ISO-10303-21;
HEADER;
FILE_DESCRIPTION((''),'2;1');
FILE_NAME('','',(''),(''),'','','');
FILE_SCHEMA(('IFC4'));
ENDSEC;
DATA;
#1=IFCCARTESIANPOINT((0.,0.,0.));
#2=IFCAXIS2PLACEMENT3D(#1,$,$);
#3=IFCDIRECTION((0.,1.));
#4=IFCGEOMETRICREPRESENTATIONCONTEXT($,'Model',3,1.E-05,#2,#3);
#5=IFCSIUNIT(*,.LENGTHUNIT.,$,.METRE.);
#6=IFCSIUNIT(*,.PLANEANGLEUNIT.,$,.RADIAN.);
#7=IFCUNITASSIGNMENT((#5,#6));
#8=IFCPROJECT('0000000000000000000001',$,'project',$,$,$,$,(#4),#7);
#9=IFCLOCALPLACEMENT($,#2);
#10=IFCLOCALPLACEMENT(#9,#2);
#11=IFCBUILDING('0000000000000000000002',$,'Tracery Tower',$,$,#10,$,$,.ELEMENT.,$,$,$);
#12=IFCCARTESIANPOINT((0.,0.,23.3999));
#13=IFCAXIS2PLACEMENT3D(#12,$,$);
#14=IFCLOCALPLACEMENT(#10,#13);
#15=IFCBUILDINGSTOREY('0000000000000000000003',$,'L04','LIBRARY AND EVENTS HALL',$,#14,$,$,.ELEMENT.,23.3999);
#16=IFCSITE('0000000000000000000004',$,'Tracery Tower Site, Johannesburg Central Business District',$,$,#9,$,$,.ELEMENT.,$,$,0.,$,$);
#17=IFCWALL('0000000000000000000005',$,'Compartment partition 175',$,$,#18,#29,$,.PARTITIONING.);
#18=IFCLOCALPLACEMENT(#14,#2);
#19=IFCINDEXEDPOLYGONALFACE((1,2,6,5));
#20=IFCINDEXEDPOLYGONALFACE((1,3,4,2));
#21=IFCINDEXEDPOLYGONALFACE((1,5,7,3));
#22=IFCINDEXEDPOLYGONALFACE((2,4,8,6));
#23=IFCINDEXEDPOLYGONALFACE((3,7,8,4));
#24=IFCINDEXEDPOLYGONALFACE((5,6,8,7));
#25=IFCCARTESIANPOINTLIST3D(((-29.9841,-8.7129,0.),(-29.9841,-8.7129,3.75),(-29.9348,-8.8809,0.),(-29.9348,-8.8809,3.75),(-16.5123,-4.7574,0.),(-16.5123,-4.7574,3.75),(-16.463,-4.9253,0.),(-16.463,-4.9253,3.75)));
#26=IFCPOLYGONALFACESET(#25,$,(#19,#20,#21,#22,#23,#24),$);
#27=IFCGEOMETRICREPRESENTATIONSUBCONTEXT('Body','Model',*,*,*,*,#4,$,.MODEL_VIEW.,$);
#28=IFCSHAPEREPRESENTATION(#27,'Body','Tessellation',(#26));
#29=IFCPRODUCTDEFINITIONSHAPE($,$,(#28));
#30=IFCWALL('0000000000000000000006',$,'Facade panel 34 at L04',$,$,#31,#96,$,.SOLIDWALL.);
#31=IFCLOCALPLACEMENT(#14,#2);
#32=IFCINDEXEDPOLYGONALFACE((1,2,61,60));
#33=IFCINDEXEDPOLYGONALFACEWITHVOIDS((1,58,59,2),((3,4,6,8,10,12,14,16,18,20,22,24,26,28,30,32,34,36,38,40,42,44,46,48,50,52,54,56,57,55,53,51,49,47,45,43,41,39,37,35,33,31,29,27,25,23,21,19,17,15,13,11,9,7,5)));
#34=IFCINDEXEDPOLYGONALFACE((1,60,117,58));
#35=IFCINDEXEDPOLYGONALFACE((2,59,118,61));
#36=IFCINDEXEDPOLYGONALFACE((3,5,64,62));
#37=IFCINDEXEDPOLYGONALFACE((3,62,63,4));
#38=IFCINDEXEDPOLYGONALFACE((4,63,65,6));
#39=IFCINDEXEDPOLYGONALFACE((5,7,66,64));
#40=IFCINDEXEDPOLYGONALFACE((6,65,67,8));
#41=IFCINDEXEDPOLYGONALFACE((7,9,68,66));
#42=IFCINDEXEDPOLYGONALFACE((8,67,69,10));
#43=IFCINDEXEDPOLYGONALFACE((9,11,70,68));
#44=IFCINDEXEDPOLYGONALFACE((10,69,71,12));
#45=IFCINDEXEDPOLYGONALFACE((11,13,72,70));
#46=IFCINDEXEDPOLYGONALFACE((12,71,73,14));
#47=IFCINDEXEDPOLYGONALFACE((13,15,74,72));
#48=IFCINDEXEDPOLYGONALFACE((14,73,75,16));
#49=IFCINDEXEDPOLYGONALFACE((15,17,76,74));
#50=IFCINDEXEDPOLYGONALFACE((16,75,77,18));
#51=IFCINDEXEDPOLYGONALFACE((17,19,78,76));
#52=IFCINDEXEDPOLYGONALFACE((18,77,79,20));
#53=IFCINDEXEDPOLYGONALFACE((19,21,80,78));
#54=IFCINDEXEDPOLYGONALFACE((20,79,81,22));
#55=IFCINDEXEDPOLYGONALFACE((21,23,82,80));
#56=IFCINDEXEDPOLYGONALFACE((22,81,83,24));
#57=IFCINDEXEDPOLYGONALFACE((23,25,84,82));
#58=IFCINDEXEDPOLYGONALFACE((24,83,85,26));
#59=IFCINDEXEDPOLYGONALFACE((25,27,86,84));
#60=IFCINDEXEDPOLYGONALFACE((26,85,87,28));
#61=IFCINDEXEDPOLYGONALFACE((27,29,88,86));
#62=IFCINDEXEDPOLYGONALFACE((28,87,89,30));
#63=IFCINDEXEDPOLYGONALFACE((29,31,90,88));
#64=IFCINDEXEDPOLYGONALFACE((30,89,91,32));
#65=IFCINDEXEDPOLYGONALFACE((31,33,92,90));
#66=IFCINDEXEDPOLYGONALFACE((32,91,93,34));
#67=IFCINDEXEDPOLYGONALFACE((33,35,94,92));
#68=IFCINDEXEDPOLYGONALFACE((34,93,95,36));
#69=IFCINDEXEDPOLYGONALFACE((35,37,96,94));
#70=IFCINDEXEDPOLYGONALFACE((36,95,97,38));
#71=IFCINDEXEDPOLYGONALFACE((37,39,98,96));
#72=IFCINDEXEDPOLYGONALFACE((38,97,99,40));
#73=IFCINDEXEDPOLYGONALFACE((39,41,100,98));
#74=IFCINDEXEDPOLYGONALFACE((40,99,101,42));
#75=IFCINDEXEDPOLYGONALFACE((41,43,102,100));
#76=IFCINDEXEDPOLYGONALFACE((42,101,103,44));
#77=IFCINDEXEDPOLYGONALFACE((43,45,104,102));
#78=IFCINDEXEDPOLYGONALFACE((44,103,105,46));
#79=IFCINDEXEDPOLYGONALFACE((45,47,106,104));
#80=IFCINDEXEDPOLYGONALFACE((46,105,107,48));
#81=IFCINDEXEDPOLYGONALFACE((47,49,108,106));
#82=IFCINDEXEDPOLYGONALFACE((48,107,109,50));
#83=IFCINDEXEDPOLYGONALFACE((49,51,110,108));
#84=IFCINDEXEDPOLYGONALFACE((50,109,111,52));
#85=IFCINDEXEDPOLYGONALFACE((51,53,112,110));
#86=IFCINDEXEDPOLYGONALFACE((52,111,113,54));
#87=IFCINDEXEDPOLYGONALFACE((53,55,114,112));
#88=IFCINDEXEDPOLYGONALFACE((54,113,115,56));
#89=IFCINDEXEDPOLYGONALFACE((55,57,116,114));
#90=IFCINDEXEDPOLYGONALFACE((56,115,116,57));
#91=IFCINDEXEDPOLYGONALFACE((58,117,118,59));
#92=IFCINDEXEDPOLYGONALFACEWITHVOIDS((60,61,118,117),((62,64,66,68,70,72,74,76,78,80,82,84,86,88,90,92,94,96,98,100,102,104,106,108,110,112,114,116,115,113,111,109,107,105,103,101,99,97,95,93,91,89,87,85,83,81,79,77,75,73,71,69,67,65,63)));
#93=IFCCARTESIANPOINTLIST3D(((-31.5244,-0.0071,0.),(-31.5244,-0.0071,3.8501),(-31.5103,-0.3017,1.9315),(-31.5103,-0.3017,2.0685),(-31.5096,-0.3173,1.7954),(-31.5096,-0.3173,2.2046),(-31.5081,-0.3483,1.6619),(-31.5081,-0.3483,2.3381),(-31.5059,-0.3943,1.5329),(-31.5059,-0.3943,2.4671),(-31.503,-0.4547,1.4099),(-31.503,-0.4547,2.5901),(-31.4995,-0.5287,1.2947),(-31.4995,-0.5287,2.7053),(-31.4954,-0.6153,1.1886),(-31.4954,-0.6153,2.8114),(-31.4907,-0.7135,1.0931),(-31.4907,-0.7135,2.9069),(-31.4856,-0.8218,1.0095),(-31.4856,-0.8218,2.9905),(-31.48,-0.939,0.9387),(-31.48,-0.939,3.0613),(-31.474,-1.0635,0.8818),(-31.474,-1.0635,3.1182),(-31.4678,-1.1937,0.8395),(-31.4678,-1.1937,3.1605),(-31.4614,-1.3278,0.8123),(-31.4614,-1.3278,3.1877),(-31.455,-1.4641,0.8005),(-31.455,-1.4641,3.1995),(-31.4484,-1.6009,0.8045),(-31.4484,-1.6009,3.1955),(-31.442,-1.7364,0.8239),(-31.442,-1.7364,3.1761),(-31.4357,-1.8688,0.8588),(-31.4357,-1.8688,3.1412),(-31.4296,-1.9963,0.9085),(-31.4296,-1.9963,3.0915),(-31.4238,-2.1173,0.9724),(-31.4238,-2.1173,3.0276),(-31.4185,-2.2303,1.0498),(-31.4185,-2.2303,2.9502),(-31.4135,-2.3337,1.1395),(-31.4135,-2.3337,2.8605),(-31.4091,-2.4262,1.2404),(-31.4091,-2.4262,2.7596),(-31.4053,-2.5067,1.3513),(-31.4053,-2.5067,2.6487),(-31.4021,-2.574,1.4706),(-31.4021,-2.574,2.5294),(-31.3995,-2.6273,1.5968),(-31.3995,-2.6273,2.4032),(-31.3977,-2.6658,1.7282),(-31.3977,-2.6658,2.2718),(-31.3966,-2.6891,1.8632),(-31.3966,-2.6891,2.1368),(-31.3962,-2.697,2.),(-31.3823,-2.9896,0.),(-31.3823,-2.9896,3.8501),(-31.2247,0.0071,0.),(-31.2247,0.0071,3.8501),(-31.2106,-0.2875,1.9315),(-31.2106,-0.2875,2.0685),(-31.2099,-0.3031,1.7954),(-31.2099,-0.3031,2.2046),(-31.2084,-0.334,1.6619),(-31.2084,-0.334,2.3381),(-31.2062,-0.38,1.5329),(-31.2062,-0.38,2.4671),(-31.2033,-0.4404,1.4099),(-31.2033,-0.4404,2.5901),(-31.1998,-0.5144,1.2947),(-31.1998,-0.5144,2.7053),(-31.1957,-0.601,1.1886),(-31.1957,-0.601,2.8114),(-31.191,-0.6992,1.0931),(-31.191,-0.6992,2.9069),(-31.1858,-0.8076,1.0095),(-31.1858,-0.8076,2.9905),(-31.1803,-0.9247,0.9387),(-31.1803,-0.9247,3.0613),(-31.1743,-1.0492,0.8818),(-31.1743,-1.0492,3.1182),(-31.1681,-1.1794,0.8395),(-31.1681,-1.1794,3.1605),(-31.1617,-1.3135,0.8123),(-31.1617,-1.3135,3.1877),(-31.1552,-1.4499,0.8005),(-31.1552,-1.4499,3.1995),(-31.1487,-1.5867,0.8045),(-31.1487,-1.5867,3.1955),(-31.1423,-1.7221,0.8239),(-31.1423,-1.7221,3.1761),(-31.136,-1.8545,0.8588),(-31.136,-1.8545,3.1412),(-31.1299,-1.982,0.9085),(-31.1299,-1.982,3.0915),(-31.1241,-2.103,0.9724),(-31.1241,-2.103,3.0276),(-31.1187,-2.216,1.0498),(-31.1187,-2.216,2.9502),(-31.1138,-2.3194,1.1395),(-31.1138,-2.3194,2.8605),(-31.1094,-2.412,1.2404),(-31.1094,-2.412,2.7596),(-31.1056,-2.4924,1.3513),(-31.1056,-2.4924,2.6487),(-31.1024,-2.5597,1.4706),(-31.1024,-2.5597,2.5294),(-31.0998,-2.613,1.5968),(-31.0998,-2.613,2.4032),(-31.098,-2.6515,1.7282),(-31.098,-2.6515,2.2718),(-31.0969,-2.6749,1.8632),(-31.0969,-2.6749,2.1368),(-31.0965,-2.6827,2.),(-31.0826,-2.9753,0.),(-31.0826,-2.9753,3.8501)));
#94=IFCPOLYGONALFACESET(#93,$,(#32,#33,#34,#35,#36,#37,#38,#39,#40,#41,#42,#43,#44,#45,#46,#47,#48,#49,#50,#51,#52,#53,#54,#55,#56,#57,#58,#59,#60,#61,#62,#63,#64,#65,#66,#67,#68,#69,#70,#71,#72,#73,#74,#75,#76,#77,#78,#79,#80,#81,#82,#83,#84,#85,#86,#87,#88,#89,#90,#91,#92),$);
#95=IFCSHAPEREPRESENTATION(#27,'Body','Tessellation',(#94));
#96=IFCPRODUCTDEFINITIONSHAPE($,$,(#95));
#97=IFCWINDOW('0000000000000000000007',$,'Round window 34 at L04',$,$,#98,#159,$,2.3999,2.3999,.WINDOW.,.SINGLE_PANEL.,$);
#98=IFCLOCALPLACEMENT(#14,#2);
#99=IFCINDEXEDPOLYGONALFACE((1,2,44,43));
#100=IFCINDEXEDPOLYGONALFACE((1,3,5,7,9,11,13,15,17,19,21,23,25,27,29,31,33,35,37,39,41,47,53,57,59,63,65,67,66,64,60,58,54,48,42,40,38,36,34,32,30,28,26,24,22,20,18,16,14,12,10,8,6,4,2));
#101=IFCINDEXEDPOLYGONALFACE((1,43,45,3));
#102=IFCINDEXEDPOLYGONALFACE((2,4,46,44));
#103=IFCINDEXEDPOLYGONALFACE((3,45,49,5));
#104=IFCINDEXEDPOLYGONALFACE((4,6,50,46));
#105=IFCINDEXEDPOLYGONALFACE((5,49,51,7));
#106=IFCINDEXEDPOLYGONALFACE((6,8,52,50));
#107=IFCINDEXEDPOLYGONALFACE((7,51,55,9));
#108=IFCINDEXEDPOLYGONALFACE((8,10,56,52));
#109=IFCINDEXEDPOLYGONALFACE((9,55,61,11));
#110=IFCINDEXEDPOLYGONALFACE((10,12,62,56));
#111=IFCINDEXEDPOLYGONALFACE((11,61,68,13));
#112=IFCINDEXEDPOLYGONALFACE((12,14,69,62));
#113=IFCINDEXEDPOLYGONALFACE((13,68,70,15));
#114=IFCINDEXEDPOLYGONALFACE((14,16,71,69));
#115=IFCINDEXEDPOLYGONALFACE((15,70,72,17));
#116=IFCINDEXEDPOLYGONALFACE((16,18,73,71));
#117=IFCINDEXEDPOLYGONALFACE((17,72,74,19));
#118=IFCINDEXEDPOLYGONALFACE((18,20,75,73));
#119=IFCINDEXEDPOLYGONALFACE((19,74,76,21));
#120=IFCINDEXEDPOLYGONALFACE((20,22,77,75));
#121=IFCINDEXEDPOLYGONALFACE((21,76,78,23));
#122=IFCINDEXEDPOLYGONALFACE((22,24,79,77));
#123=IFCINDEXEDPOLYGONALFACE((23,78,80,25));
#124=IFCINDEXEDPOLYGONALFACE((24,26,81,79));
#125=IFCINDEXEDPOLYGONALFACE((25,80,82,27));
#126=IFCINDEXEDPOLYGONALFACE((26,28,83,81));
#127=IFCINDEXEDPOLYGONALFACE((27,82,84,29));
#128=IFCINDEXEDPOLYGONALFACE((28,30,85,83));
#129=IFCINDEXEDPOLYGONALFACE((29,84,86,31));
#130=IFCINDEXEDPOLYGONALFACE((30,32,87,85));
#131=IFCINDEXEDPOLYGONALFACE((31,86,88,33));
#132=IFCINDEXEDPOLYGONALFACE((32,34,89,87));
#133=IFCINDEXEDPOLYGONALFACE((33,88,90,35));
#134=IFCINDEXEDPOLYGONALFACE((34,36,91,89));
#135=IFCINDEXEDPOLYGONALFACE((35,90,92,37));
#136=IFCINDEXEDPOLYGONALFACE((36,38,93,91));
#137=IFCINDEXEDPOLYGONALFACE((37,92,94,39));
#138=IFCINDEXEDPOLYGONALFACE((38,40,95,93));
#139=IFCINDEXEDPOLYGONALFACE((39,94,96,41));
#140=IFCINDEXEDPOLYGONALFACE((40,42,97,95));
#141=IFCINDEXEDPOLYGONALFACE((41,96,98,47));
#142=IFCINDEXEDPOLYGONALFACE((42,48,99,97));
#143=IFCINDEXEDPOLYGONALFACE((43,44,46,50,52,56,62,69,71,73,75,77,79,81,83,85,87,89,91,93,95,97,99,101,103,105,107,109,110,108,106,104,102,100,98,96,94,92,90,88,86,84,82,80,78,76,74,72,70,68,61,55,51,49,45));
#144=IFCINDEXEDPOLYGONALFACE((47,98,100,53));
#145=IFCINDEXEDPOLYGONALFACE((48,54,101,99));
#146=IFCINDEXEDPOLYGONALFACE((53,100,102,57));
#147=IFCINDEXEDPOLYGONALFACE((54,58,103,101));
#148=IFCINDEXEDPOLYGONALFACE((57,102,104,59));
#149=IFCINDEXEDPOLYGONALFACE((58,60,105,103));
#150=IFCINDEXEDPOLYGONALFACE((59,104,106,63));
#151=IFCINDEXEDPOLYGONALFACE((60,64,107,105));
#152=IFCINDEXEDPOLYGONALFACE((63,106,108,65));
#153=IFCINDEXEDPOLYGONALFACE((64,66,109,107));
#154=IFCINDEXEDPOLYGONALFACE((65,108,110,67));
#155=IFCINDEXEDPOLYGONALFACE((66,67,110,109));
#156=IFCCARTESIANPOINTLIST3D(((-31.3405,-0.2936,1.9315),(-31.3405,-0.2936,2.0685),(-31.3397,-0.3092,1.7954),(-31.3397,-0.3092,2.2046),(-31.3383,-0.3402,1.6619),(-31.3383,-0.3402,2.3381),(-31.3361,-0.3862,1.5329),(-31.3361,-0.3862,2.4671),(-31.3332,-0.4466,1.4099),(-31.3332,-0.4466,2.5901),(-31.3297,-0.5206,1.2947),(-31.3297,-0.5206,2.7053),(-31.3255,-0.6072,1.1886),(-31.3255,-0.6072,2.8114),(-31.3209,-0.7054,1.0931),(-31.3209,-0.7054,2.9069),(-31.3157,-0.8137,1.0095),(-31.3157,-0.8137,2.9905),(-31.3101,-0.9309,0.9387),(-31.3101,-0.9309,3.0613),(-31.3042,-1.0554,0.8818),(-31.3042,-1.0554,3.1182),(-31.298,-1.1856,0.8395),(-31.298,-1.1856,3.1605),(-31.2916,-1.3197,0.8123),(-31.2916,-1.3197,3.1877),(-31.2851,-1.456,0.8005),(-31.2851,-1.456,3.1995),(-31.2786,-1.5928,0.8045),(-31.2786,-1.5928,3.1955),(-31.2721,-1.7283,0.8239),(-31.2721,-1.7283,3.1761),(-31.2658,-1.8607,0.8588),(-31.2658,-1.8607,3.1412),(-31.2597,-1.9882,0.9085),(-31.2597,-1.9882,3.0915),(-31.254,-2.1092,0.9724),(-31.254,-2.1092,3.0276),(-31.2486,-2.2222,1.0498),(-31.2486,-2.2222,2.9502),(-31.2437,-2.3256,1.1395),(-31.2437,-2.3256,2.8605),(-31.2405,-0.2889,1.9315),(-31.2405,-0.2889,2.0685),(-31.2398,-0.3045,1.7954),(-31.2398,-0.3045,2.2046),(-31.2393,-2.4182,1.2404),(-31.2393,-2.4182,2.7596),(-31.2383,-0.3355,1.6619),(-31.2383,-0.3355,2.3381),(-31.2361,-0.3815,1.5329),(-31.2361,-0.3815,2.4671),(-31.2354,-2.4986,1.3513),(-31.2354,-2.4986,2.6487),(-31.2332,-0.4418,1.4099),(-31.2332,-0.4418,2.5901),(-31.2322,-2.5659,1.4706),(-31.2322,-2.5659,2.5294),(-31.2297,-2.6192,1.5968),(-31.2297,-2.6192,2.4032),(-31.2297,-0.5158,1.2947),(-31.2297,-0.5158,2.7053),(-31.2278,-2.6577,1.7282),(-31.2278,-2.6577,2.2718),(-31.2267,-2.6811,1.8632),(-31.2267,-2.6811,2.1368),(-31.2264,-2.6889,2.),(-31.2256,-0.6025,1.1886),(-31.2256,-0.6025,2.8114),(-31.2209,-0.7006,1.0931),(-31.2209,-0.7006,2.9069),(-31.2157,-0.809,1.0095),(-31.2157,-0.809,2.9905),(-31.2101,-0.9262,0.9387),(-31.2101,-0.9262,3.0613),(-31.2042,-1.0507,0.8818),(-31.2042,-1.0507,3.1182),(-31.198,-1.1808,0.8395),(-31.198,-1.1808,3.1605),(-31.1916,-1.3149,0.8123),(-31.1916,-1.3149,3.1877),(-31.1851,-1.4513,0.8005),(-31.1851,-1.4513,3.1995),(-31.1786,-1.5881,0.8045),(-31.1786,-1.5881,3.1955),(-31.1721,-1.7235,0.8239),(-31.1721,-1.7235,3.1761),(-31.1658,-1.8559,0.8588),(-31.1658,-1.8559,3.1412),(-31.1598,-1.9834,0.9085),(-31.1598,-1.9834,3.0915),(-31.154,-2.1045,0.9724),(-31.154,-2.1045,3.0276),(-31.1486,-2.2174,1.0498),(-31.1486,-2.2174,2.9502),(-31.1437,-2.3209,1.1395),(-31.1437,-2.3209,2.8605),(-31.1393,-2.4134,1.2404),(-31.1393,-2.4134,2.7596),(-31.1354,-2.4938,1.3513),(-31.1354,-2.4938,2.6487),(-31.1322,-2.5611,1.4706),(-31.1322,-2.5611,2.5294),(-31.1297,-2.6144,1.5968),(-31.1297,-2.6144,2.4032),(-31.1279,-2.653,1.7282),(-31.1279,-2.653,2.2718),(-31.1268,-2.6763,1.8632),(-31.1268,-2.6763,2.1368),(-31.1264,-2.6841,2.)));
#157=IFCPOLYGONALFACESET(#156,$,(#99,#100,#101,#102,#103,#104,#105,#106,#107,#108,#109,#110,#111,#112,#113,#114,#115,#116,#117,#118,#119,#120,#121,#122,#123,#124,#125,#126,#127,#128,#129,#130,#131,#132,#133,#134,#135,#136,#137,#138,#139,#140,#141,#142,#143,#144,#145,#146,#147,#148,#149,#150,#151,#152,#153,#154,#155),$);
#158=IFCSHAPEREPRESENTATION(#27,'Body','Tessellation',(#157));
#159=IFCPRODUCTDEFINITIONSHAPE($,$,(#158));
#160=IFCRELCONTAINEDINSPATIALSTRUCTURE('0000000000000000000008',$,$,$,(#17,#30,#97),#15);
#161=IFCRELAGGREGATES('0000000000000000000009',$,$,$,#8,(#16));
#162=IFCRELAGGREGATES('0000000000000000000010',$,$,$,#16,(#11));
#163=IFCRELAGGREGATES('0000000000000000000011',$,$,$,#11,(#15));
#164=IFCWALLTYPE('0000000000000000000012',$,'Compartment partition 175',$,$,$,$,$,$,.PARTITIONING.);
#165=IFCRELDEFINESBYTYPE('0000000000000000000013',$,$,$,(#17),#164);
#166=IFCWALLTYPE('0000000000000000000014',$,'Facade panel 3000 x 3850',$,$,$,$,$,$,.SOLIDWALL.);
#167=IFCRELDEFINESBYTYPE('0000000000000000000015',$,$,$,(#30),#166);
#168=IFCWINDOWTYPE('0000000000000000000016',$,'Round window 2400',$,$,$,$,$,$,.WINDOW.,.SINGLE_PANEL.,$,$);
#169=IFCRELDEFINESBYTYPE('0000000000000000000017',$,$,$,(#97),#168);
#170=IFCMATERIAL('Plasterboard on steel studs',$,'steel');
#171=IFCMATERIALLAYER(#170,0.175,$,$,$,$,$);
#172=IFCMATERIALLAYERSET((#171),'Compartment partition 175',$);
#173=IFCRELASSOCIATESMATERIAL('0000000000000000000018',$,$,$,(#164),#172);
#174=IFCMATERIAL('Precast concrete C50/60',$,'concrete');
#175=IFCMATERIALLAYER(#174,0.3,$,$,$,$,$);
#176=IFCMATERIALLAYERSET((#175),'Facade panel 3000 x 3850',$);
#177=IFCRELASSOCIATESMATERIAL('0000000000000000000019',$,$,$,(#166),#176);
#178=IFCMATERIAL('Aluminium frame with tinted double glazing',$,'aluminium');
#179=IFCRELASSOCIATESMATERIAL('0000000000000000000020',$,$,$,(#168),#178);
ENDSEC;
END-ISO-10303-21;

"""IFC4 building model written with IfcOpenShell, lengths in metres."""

from ifc_helpers import new_model, si_unit, direction, frame, frame_2d, origin, origin_2d, place, context, subcontext, project, spatial, rectangle, circle, extrude, material, layer, layer_set, type_object, element, fill, save


model = new_model("IFC4")

# Units and contexts
model_context = context("Model", 3, precision=1e-05, world=origin(), true_north=direction((0.0, 1.0)))
body_context = subcontext(model_context, "Body", "Model", "MODEL_VIEW")
ifc_project = project(units=[si_unit("LENGTHUNIT", "METRE"), si_unit("PLANEANGLEUNIT", "RADIAN")], contexts=[model_context])

# Site, building, storey
site_placement = place(None, origin())
site = spatial("IfcSite", under=ifc_project, at=site_placement, Name="Tracery Tower Site, Johannesburg Central Business District", CompositionType="ELEMENT", RefElevation=0.0)
building_placement = place(site_placement, origin())
building = spatial("IfcBuilding", under=site, at=building_placement, Name="Tracery Tower", CompositionType="ELEMENT")
storey_placement = place(building_placement, frame((0.0, 0.0, 23.3999)))
storey = spatial("IfcBuildingStorey", under=building, at=storey_placement, Name="L04", Description="LIBRARY AND EVENTS HALL", CompositionType="ELEMENT", Elevation=23.3999)

# Wall
ifc_material_1 = material(Name="Plasterboard on steel studs", Category="steel")
ifc_layer_1 = layer(ifc_material_1, 0.175)
ifc_layer_set_1 = layer_set([ifc_layer_1], Name="Compartment partition 175")
wall_type_1 = type_object("IfcWallType", Name="Compartment partition 175", PredefinedType="PARTITIONING", material=ifc_layer_set_1)
wall_1_placement = place(storey_placement, frame((-29.9595, -8.7969, 0.0), z_axis=(0.0, 0.0, 1.0), x_axis=(0.959496, 0.281723, 0.0)))
element("IfcWall", 1, at=wall_1_placement, inside=storey, type_object=wall_type_1, Name="Compartment partition 175", PredefinedType="PARTITIONING", context=body_context, shape_type="SweptSolid", body=[
    extrude(rectangle(XDim=14.0405, YDim=0.175, at=frame_2d((7.0203, 0.0))), origin(), (0.0, 0.0, 1.0), 3.75),
])

# Wall, opening, window
ifc_material_2 = material(Name="Precast concrete C50/60", Category="concrete")
ifc_layer_2 = layer(ifc_material_2, 0.3)
ifc_layer_set_2 = layer_set([ifc_layer_2], Name="Facade panel 3000 x 3850")
wall_type_2 = type_object("IfcWallType", Name="Facade panel 3000 x 3850", PredefinedType="SOLIDWALL", material=ifc_layer_set_2)
wall_2_placement = place(storey_placement, frame((-31.3745, 0.0, 0.0), z_axis=(0.0, 0.0, 1.0), x_axis=(0.047588, -0.998867, 0.0)))
wall_2 = element("IfcWall", 2, at=wall_2_placement, inside=storey, type_object=wall_type_2, Name="Facade panel 34 at L04", PredefinedType="SOLIDWALL", context=body_context, shape_type="SweptSolid", body=[
    extrude(rectangle(XDim=2.9858, YDim=0.3, at=frame_2d((1.4929, 0.0))), origin(), (0.0, 0.0, 1.0), 3.8501),
])
opening_1_placement = place(wall_2_placement, frame((1.4929, 0.0, 2.0)))
opening_1 = element("IfcOpeningElement", 3, at=opening_1_placement, cuts=wall_2, PredefinedType="OPENING", context=body_context, shape_type="SweptSolid", body=[
    extrude(circle(Radius=1.2, at=origin_2d()), frame((0.0, 0.1599, 0.0), z_axis=(0.0, -1.0, 0.0), x_axis=(1.0, 0.0, 0.0)), (0.0, 0.0, 1.0), 0.3201),
])
ifc_material_3 = material(Name="Aluminium frame with tinted double glazing", Category="aluminium")
window_type = type_object("IfcWindowType", Name="Round window 2400", PartitioningType="SINGLE_PANEL", PredefinedType="WINDOW", material=ifc_material_3)
window_1_placement = place(opening_1_placement, origin())
window_1 = element("IfcWindow", 4, at=window_1_placement, inside=storey, type_object=window_type, Name="Round window 34 at L04", OverallHeight=2.3999, OverallWidth=2.3999, PartitioningType="SINGLE_PANEL", PredefinedType="WINDOW", context=body_context, shape_type="SweptSolid", body=[
    extrude(circle(Radius=1.2, at=origin_2d()), frame((0.0, 0.1201, 0.0), z_axis=(0.0, -1.0, 0.0), x_axis=(1.0, 0.0, 0.0)), (0.0, 0.0, 1.0), 0.1001),
])
fill(opening_1, window_1)

save(model, "model.ifc")
